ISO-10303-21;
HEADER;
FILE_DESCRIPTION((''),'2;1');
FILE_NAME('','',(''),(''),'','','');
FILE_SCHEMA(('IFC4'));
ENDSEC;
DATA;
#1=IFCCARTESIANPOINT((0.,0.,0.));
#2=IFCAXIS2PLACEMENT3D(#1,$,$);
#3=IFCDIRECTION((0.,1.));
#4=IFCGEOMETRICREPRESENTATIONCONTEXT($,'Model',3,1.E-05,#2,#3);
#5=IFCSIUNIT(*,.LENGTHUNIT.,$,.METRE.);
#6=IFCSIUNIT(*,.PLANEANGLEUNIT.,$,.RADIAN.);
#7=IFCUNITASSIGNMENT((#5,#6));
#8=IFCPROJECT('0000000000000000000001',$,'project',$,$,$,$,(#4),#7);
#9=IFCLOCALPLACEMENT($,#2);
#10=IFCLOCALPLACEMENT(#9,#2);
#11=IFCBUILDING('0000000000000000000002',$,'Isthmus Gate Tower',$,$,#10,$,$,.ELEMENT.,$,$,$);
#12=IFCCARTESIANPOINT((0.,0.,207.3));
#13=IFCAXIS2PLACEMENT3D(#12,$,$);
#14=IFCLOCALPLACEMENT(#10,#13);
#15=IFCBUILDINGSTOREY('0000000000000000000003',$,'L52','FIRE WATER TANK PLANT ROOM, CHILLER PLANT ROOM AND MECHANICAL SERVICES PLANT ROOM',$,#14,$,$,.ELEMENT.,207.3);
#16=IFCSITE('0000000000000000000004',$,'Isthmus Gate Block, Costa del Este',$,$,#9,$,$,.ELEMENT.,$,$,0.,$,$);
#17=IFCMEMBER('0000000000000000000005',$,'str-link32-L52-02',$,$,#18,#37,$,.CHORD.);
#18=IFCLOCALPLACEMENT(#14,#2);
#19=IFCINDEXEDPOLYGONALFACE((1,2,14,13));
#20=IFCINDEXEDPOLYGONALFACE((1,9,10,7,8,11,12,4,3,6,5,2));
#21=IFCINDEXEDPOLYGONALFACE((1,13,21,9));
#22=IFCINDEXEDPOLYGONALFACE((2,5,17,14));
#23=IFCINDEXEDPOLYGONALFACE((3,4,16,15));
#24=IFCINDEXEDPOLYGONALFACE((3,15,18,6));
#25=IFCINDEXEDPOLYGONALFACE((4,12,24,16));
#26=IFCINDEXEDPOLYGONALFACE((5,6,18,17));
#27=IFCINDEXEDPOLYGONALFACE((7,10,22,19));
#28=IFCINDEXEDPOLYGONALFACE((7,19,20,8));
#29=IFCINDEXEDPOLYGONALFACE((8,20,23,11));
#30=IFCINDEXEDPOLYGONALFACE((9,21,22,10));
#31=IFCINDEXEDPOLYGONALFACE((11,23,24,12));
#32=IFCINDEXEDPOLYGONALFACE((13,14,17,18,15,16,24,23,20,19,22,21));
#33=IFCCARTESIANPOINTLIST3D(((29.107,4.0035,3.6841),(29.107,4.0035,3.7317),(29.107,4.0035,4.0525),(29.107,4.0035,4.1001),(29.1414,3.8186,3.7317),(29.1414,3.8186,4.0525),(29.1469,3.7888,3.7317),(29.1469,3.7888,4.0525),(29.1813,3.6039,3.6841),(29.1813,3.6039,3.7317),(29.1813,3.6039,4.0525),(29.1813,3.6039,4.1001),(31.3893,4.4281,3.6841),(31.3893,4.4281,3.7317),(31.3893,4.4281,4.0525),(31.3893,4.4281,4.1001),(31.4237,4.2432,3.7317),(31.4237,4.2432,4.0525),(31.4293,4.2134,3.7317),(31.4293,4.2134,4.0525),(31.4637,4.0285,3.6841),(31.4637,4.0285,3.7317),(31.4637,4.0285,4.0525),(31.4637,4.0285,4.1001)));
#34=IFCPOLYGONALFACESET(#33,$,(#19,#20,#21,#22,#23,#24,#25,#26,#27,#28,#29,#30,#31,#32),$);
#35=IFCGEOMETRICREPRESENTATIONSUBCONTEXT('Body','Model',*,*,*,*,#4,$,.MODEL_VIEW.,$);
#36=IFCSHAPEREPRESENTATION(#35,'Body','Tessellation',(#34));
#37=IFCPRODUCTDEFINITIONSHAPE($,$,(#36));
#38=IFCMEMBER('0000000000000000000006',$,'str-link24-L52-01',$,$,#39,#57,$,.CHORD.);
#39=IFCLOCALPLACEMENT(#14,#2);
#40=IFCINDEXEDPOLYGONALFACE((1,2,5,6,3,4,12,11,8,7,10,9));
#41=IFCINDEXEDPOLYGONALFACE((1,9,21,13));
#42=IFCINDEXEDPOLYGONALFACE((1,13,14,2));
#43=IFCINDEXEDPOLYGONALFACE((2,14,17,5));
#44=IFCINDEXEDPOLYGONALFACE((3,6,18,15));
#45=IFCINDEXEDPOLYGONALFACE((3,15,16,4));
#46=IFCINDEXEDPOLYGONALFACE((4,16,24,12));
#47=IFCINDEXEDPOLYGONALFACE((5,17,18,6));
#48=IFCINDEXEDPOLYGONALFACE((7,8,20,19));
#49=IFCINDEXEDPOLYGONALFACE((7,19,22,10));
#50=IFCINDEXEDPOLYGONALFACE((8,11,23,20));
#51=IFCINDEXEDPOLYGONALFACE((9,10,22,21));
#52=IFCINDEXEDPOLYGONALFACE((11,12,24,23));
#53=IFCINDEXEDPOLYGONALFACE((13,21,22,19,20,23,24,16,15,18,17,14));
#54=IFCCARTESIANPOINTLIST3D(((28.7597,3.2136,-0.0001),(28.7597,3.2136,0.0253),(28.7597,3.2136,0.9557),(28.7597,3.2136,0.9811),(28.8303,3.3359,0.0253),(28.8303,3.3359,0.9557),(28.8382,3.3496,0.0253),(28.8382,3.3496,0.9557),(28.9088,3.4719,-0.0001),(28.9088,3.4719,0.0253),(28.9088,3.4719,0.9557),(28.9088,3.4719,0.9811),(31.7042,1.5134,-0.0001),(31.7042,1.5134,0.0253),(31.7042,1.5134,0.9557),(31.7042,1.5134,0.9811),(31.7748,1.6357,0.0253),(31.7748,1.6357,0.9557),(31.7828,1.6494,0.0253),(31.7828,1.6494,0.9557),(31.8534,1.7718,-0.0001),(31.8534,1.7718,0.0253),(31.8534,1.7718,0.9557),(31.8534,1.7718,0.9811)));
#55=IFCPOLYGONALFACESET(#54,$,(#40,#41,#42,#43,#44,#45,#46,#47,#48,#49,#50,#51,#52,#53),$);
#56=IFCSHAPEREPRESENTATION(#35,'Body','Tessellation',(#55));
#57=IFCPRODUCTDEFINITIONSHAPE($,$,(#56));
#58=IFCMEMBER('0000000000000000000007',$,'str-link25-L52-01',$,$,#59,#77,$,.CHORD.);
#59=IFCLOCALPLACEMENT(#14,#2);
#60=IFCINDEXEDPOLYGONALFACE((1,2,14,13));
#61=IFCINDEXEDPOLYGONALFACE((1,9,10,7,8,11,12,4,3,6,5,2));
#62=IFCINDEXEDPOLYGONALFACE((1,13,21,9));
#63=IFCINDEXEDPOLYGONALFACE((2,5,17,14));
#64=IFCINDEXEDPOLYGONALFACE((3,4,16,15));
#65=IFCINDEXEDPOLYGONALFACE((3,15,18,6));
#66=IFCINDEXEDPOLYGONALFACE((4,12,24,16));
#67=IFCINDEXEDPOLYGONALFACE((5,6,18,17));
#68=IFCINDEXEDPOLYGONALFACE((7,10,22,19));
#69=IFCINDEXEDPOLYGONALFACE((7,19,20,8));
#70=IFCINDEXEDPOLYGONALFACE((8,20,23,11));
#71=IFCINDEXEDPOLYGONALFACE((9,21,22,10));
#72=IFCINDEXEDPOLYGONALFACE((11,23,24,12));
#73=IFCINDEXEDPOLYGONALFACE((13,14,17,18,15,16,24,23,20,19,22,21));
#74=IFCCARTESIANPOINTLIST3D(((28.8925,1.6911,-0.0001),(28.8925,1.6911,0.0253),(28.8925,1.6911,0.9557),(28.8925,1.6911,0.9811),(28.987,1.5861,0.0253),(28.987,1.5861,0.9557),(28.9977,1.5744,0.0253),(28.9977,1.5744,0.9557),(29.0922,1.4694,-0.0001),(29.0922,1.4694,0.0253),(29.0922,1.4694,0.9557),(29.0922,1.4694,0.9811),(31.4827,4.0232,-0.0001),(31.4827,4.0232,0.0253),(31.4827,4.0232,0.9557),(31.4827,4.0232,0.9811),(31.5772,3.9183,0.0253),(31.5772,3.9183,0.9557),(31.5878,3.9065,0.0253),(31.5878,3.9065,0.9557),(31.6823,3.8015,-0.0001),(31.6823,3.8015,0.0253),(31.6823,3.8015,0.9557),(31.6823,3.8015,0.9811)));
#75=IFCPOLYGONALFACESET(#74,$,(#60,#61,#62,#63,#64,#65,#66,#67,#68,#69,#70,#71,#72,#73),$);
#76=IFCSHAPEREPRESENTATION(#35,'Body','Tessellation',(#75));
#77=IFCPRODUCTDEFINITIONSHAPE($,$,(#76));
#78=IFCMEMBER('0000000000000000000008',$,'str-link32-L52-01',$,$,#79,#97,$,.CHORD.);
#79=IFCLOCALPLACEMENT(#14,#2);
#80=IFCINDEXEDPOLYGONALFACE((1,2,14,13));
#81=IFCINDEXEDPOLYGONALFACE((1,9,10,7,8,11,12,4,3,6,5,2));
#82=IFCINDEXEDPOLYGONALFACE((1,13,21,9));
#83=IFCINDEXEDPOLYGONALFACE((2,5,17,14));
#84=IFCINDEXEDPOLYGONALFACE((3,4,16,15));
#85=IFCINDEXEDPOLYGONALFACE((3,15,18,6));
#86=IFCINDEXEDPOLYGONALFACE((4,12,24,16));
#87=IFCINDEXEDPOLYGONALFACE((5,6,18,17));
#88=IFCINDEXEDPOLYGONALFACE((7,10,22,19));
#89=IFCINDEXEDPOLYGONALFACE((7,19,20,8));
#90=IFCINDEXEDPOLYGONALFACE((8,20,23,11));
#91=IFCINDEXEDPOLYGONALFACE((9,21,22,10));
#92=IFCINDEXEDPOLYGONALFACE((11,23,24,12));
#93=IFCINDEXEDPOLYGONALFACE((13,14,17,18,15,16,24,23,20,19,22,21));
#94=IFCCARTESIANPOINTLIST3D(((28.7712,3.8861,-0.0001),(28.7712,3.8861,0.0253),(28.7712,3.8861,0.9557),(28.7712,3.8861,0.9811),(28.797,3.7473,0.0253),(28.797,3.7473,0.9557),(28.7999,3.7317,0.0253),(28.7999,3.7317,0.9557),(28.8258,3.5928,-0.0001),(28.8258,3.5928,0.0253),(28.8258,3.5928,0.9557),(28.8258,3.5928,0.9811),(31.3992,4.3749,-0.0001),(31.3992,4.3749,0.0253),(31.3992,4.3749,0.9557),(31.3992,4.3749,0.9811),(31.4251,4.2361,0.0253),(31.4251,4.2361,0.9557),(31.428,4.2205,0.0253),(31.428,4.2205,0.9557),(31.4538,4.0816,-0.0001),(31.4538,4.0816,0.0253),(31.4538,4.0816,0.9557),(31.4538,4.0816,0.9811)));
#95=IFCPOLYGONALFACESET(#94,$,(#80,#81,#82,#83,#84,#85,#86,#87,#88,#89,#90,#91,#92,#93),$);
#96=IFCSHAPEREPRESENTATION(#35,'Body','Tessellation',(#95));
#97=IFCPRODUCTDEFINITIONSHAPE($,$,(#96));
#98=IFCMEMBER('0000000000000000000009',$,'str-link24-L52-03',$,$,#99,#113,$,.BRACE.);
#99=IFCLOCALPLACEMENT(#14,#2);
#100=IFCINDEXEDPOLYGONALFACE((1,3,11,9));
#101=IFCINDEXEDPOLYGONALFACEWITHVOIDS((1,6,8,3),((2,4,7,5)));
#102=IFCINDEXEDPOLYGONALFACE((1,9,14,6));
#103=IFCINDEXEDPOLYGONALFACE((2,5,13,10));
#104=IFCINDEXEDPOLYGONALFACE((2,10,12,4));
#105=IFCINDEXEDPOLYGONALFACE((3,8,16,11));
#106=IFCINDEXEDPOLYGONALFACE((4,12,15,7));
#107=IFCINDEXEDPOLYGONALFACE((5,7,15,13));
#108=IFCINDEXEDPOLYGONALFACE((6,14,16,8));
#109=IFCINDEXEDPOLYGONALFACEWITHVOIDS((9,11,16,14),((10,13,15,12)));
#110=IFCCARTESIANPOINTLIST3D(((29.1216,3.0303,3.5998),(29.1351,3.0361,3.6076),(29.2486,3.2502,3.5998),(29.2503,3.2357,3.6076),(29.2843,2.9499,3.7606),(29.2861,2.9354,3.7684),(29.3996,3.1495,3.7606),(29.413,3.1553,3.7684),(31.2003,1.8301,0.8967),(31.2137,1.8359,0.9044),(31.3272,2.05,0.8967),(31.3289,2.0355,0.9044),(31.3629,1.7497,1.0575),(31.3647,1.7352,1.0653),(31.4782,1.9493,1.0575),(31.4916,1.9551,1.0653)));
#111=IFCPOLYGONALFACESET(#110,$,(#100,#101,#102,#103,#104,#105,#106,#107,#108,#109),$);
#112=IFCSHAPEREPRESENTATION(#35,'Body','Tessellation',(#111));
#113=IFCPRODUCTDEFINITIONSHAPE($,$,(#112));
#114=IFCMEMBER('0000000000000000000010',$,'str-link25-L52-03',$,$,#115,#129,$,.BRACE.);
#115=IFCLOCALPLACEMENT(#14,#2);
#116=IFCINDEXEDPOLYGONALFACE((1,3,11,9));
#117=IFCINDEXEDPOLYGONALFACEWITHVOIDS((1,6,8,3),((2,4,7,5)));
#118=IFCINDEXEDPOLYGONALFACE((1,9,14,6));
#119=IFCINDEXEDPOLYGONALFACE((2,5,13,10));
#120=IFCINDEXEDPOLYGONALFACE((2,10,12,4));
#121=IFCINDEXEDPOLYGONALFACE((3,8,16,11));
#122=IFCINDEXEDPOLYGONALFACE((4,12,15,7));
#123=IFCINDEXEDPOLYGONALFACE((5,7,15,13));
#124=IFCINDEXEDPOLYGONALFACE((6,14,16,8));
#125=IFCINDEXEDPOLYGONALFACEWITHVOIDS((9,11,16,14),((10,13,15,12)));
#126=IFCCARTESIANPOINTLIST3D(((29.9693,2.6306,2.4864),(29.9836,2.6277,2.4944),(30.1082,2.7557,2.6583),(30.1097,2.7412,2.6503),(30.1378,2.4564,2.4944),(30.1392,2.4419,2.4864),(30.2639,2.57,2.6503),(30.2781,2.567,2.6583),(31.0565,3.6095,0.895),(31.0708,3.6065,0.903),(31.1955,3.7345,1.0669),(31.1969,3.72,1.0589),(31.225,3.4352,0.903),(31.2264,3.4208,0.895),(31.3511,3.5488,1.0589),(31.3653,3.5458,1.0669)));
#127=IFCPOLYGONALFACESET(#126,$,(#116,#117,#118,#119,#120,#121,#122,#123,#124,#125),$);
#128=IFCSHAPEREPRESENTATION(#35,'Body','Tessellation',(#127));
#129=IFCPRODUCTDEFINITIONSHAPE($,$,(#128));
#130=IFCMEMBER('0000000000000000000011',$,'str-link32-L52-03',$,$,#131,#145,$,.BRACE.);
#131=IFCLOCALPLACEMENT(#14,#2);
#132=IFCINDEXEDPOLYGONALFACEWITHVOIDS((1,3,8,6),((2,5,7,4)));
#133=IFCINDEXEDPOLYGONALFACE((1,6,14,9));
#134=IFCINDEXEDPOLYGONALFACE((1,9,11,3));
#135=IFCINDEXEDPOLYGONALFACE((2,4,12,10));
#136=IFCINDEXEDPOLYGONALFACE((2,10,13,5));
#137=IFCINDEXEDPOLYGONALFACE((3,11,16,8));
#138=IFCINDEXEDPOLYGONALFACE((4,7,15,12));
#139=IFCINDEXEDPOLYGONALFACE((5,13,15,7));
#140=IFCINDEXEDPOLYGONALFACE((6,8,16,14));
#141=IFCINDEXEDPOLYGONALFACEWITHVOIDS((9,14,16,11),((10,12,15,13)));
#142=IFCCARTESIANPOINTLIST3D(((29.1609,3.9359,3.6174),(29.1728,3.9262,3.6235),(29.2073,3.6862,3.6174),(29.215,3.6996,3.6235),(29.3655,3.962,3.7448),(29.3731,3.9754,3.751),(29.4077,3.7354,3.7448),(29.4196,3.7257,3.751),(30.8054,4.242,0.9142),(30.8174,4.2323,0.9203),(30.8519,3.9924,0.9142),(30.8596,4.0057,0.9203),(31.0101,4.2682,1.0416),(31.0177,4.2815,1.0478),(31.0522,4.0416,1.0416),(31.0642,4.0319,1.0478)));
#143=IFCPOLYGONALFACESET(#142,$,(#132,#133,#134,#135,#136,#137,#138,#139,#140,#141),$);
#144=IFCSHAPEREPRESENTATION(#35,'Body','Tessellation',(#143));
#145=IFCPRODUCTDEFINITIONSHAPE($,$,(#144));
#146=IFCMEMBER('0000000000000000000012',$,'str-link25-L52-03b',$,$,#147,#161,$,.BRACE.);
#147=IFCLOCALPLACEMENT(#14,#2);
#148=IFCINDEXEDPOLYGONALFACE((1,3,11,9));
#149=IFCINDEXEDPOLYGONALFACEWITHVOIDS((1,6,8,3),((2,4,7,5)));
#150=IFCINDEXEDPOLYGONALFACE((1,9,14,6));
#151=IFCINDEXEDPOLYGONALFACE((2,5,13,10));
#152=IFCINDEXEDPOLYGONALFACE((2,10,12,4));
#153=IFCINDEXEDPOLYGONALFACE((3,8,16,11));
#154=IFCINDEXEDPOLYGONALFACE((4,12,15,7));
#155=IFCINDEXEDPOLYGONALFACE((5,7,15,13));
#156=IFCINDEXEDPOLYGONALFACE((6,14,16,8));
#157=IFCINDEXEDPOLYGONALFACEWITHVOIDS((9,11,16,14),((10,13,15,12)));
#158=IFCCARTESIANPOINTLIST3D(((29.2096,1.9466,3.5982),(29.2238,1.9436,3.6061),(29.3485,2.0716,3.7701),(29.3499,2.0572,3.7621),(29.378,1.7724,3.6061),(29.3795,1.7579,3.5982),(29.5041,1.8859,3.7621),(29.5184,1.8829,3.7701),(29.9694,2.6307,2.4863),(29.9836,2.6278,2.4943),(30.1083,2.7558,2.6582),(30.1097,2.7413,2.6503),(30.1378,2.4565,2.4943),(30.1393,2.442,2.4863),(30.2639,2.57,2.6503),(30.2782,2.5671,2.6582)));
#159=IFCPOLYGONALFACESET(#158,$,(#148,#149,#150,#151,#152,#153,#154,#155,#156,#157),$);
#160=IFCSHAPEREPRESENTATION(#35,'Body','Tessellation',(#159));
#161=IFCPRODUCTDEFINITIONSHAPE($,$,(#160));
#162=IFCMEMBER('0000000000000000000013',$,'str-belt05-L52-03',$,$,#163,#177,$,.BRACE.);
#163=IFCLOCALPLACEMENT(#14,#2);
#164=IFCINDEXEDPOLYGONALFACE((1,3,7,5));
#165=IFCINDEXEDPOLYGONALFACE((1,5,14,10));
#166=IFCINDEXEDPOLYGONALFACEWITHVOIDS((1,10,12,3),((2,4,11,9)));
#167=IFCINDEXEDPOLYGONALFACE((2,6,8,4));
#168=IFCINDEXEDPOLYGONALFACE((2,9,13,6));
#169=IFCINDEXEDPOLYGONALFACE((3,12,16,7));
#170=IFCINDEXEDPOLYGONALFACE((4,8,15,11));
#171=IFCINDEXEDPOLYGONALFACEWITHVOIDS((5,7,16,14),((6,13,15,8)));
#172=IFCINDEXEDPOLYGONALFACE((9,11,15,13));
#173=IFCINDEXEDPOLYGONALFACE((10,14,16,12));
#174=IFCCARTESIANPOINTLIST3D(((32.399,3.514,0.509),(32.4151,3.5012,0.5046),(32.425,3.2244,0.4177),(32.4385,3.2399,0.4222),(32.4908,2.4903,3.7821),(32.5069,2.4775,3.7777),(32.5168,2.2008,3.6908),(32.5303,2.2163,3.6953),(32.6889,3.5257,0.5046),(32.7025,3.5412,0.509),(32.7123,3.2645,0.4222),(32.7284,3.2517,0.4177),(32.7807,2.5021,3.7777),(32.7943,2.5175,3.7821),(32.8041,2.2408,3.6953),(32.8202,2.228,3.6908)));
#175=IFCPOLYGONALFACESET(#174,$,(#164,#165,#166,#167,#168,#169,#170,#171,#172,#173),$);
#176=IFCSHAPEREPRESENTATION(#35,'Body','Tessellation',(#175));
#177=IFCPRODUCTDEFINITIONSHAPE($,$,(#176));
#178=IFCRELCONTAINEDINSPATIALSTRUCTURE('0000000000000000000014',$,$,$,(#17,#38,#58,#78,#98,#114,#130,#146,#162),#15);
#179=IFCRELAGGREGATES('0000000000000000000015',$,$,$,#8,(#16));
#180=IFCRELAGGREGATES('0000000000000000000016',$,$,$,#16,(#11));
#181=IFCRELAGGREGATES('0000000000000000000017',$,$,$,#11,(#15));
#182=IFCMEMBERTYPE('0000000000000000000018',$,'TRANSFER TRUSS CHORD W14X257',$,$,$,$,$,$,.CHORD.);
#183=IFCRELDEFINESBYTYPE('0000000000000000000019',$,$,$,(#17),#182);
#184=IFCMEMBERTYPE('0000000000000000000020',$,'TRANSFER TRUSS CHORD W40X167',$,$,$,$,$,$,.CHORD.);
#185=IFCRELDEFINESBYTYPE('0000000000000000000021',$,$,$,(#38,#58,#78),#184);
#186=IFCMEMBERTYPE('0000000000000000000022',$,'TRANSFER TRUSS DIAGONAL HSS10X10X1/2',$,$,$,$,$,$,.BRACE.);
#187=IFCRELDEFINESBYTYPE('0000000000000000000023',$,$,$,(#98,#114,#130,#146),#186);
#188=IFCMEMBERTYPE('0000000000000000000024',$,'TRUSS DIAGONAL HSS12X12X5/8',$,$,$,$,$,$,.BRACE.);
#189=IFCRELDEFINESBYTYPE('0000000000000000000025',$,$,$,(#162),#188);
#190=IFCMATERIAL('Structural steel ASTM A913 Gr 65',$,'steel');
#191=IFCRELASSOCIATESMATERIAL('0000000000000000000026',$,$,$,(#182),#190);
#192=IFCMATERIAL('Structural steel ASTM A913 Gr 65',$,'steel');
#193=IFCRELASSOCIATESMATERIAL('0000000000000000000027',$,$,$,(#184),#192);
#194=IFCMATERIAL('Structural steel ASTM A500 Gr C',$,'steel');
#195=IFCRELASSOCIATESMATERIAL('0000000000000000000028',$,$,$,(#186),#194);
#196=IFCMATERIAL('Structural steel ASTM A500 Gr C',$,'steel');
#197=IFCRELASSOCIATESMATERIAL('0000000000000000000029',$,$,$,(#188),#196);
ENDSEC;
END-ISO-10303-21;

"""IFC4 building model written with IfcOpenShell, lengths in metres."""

from ifc_helpers import new_model, si_unit, direction, frame, origin, origin_2d, place, context, subcontext, project, spatial, hollow_rectangle, i_section, extrude, material, material_profile, profile_set, type_object, element, save


model = new_model("IFC4")

# Units and contexts
model_context = context("Model", 3, precision=1e-05, world=origin(), true_north=direction((0.0, 1.0)))
body_context = subcontext(model_context, "Body", "Model", "MODEL_VIEW")
ifc_project = project(units=[si_unit("LENGTHUNIT", "METRE"), si_unit("PLANEANGLEUNIT", "RADIAN")], contexts=[model_context])

# Site, building, storey
site_placement = place(None, origin())
site = spatial("IfcSite", under=ifc_project, at=site_placement, Name="Isthmus Gate Block, Costa del Este", CompositionType="ELEMENT", RefElevation=0.0)
building_placement = place(site_placement, origin())
building = spatial("IfcBuilding", under=site, at=building_placement, Name="Isthmus Gate Tower", CompositionType="ELEMENT")
storey_placement = place(building_placement, frame((0.0, 0.0, 207.3)))
storey = spatial("IfcBuildingStorey", under=building, at=storey_placement, Name="L52", Description="FIRE WATER TANK PLANT ROOM, CHILLER PLANT ROOM AND MECHANICAL SERVICES PLANT ROOM", CompositionType="ELEMENT", Elevation=207.3)

# Members
ifc_material_1 = material(Name="Structural steel ASTM A913 Gr 65", Category="steel")
ifc_material_profile_1 = material_profile(ifc_material_1, i_section(OverallWidth=0.4065, OverallDepth=0.416, WebThickness=0.0303, FlangeThickness=0.0476, at=origin_2d()), Name="W14X257")
ifc_profile_set_1 = profile_set([ifc_material_profile_1], Name="Structural steel ASTM A913 Gr 65")
member_type_1 = type_object("IfcMemberType", Name="TRANSFER TRUSS CHORD W14X257", PredefinedType="CHORD", material=ifc_profile_set_1)
member_1_placement = place(storey_placement, frame((31.4265, 4.2283, 3.8921), z_axis=(-0.983137, -0.182872, 0.0), x_axis=(0.182872, -0.983137, 0.0)))
element("IfcMember", 1, at=member_1_placement, inside=storey, type_object=member_type_1, Name="str-link32-L52-02", PredefinedType="CHORD", context=body_context, shape_type="SweptSolid", body=[
    extrude(i_section(OverallWidth=0.4065, OverallDepth=0.416, WebThickness=0.0303, FlangeThickness=0.0476, at=origin_2d()), origin(), (0.0, 0.0, 1.0), 2.3215),
])
ifc_material_2 = material(Name="Structural steel ASTM A913 Gr 65", Category="steel")
ifc_material_profile_2 = material_profile(ifc_material_2, i_section(OverallWidth=0.2983, OverallDepth=0.9812, WebThickness=0.0159, FlangeThickness=0.0254, at=origin_2d()), Name="W40X167")
ifc_profile_set_2 = profile_set([ifc_material_profile_2], Name="Structural steel ASTM A913 Gr 65")
member_type_2 = type_object("IfcMemberType", Name="TRANSFER TRUSS CHORD W40X167", PredefinedType="CHORD", material=ifc_profile_set_2)
member_2_placement = place(storey_placement, frame((31.7788, 1.6426, 0.4905), z_axis=(-0.866007, 0.500031, 0.0), x_axis=(-0.500031, -0.866007, 0.0)))
element("IfcMember", 2, at=member_2_placement, inside=storey, type_object=member_type_2, Name="str-link24-L52-01", PredefinedType="CHORD", context=body_context, shape_type="SweptSolid", body=[
    extrude(i_section(OverallWidth=0.2983, OverallDepth=0.9812, WebThickness=0.0159, FlangeThickness=0.0254, at=origin_2d()), origin(), (0.0, 0.0, 1.0), 3.4001),
])
member_3_placement = place(storey_placement, frame((31.5825, 3.9124, 0.4905), z_axis=(-0.743158, -0.669116, 0.0), x_axis=(0.669116, -0.743158, 0.0)))
element("IfcMember", 3, at=member_3_placement, inside=storey, type_object=member_type_2, Name="str-link25-L52-01", PredefinedType="CHORD", context=body_context, shape_type="SweptSolid", body=[
    extrude(i_section(OverallWidth=0.2983, OverallDepth=0.9812, WebThickness=0.0159, FlangeThickness=0.0254, at=origin_2d()), origin(), (0.0, 0.0, 1.0), 3.4854),
])
member_4_placement = place(storey_placement, frame((31.4265, 4.2283, 0.4905), z_axis=(-0.98314, -0.182855, 0.0), x_axis=(0.182855, -0.98314, 0.0)))
element("IfcMember", 4, at=member_4_placement, inside=storey, type_object=member_type_2, Name="str-link32-L52-01", PredefinedType="CHORD", context=body_context, shape_type="SweptSolid", body=[
    extrude(i_section(OverallWidth=0.2983, OverallDepth=0.9812, WebThickness=0.0159, FlangeThickness=0.0254, at=origin_2d()), origin(), (0.0, 0.0, 1.0), 2.6731),
])
ifc_material_3 = material(Name="Structural steel ASTM A500 Gr C", Category="steel")
ifc_material_profile_3 = material_profile(ifc_material_3, hollow_rectangle(XDim=0.2539, YDim=0.2539, WallThickness=0.0117, at=origin_2d()), Name="HSS10X10X1/2")
ifc_profile_set_3 = profile_set([ifc_material_profile_3], Name="Structural steel ASTM A500 Gr C")
member_type_3 = type_object("IfcMemberType", Name="TRANSFER TRUSS DIAGONAL HSS10X10X1/2", PredefinedType="BRACE", material=ifc_profile_set_3)
member_5_placement = place(storey_placement, frame((31.3459, 1.8926, 0.981), z_axis=(-0.575002, 0.332007, 0.747759), x_axis=(-0.500034, -0.866006, 0.0)))
element("IfcMember", 5, at=member_5_placement, inside=storey, type_object=member_type_3, Name="str-link24-L52-03", PredefinedType="BRACE", context=body_context, shape_type="SweptSolid", body=[
    extrude(hollow_rectangle(XDim=0.2539, YDim=0.2539, WallThickness=0.0117, at=origin_2d()), origin(), (0.0, 0.0, 1.0), 3.615),
])
member_6_placement = place(storey_placement, frame((31.2109, 3.5776, 0.981), z_axis=(-0.502961, -0.452812, 0.736201), x_axis=(0.669085, -0.743186, 0.0)))
element("IfcMember", 6, at=member_6_placement, inside=storey, type_object=member_type_3, Name="str-link25-L52-03", PredefinedType="BRACE", context=body_context, shape_type="SweptSolid", body=[
    extrude(hollow_rectangle(XDim=0.2539, YDim=0.2539, WallThickness=0.0117, at=origin_2d()), origin(), (0.0, 0.0, 1.0), 2.1616),
])
member_7_placement = place(storey_placement, frame((30.9348, 4.137, 0.981), z_axis=(-0.517335, -0.096309, 0.850346), x_axis=(0.183019, -0.983109, 0.0)))
element("IfcMember", 7, at=member_7_placement, inside=storey, type_object=member_type_3, Name="str-link32-L52-03", PredefinedType="BRACE", context=body_context, shape_type="SweptSolid", body=[
    extrude(hollow_rectangle(XDim=0.2539, YDim=0.2539, WallThickness=0.0117, at=origin_2d()), origin(), (0.0, 0.0, 1.0), 3.179),
])
member_8_placement = place(storey_placement, frame((30.1238, 2.5989, 2.5723), z_axis=(-0.503018, -0.452911, 0.736101), x_axis=(0.669123, -0.743152, 0.0)))
element("IfcMember", 8, at=member_8_placement, inside=storey, type_object=member_type_3, Name="str-link25-L52-03b", PredefinedType="BRACE", context=body_context, shape_type="SweptSolid", body=[
    extrude(hollow_rectangle(XDim=0.2539, YDim=0.2539, WallThickness=0.0117, at=origin_2d()), origin(), (0.0, 0.0, 1.0), 1.5105),
])
ifc_material_4 = material(Name="Structural steel ASTM A500 Gr C", Category="steel")
ifc_material_profile_4 = material_profile(ifc_material_4, hollow_rectangle(XDim=0.3047, YDim=0.3047, WallThickness=0.0149, at=origin_2d()), Name="HSS12X12X5/8")
ifc_profile_set_4 = profile_set([ifc_material_profile_4], Name="Structural steel ASTM A500 Gr C")
member_type_4 = type_object("IfcMemberType", Name="TRUSS DIAGONAL HSS12X12X5/8", PredefinedType="BRACE", material=ifc_profile_set_4)
member_9_placement = place(storey_placement, frame((32.5637, 3.3828, 0.4634), z_axis=(0.026757, -0.298383, 0.954071), x_axis=(0.996003, 0.089315, 0.0)))
element("IfcMember", 9, at=member_9_placement, inside=storey, type_object=member_type_4, Name="str-belt05-L52-03", PredefinedType="BRACE", context=body_context, shape_type="SweptSolid", body=[
    extrude(hollow_rectangle(XDim=0.3047, YDim=0.3047, WallThickness=0.0149, at=origin_2d()), origin(), (0.0, 0.0, 1.0), 3.4307),
])

save(model, "model.ifc")
